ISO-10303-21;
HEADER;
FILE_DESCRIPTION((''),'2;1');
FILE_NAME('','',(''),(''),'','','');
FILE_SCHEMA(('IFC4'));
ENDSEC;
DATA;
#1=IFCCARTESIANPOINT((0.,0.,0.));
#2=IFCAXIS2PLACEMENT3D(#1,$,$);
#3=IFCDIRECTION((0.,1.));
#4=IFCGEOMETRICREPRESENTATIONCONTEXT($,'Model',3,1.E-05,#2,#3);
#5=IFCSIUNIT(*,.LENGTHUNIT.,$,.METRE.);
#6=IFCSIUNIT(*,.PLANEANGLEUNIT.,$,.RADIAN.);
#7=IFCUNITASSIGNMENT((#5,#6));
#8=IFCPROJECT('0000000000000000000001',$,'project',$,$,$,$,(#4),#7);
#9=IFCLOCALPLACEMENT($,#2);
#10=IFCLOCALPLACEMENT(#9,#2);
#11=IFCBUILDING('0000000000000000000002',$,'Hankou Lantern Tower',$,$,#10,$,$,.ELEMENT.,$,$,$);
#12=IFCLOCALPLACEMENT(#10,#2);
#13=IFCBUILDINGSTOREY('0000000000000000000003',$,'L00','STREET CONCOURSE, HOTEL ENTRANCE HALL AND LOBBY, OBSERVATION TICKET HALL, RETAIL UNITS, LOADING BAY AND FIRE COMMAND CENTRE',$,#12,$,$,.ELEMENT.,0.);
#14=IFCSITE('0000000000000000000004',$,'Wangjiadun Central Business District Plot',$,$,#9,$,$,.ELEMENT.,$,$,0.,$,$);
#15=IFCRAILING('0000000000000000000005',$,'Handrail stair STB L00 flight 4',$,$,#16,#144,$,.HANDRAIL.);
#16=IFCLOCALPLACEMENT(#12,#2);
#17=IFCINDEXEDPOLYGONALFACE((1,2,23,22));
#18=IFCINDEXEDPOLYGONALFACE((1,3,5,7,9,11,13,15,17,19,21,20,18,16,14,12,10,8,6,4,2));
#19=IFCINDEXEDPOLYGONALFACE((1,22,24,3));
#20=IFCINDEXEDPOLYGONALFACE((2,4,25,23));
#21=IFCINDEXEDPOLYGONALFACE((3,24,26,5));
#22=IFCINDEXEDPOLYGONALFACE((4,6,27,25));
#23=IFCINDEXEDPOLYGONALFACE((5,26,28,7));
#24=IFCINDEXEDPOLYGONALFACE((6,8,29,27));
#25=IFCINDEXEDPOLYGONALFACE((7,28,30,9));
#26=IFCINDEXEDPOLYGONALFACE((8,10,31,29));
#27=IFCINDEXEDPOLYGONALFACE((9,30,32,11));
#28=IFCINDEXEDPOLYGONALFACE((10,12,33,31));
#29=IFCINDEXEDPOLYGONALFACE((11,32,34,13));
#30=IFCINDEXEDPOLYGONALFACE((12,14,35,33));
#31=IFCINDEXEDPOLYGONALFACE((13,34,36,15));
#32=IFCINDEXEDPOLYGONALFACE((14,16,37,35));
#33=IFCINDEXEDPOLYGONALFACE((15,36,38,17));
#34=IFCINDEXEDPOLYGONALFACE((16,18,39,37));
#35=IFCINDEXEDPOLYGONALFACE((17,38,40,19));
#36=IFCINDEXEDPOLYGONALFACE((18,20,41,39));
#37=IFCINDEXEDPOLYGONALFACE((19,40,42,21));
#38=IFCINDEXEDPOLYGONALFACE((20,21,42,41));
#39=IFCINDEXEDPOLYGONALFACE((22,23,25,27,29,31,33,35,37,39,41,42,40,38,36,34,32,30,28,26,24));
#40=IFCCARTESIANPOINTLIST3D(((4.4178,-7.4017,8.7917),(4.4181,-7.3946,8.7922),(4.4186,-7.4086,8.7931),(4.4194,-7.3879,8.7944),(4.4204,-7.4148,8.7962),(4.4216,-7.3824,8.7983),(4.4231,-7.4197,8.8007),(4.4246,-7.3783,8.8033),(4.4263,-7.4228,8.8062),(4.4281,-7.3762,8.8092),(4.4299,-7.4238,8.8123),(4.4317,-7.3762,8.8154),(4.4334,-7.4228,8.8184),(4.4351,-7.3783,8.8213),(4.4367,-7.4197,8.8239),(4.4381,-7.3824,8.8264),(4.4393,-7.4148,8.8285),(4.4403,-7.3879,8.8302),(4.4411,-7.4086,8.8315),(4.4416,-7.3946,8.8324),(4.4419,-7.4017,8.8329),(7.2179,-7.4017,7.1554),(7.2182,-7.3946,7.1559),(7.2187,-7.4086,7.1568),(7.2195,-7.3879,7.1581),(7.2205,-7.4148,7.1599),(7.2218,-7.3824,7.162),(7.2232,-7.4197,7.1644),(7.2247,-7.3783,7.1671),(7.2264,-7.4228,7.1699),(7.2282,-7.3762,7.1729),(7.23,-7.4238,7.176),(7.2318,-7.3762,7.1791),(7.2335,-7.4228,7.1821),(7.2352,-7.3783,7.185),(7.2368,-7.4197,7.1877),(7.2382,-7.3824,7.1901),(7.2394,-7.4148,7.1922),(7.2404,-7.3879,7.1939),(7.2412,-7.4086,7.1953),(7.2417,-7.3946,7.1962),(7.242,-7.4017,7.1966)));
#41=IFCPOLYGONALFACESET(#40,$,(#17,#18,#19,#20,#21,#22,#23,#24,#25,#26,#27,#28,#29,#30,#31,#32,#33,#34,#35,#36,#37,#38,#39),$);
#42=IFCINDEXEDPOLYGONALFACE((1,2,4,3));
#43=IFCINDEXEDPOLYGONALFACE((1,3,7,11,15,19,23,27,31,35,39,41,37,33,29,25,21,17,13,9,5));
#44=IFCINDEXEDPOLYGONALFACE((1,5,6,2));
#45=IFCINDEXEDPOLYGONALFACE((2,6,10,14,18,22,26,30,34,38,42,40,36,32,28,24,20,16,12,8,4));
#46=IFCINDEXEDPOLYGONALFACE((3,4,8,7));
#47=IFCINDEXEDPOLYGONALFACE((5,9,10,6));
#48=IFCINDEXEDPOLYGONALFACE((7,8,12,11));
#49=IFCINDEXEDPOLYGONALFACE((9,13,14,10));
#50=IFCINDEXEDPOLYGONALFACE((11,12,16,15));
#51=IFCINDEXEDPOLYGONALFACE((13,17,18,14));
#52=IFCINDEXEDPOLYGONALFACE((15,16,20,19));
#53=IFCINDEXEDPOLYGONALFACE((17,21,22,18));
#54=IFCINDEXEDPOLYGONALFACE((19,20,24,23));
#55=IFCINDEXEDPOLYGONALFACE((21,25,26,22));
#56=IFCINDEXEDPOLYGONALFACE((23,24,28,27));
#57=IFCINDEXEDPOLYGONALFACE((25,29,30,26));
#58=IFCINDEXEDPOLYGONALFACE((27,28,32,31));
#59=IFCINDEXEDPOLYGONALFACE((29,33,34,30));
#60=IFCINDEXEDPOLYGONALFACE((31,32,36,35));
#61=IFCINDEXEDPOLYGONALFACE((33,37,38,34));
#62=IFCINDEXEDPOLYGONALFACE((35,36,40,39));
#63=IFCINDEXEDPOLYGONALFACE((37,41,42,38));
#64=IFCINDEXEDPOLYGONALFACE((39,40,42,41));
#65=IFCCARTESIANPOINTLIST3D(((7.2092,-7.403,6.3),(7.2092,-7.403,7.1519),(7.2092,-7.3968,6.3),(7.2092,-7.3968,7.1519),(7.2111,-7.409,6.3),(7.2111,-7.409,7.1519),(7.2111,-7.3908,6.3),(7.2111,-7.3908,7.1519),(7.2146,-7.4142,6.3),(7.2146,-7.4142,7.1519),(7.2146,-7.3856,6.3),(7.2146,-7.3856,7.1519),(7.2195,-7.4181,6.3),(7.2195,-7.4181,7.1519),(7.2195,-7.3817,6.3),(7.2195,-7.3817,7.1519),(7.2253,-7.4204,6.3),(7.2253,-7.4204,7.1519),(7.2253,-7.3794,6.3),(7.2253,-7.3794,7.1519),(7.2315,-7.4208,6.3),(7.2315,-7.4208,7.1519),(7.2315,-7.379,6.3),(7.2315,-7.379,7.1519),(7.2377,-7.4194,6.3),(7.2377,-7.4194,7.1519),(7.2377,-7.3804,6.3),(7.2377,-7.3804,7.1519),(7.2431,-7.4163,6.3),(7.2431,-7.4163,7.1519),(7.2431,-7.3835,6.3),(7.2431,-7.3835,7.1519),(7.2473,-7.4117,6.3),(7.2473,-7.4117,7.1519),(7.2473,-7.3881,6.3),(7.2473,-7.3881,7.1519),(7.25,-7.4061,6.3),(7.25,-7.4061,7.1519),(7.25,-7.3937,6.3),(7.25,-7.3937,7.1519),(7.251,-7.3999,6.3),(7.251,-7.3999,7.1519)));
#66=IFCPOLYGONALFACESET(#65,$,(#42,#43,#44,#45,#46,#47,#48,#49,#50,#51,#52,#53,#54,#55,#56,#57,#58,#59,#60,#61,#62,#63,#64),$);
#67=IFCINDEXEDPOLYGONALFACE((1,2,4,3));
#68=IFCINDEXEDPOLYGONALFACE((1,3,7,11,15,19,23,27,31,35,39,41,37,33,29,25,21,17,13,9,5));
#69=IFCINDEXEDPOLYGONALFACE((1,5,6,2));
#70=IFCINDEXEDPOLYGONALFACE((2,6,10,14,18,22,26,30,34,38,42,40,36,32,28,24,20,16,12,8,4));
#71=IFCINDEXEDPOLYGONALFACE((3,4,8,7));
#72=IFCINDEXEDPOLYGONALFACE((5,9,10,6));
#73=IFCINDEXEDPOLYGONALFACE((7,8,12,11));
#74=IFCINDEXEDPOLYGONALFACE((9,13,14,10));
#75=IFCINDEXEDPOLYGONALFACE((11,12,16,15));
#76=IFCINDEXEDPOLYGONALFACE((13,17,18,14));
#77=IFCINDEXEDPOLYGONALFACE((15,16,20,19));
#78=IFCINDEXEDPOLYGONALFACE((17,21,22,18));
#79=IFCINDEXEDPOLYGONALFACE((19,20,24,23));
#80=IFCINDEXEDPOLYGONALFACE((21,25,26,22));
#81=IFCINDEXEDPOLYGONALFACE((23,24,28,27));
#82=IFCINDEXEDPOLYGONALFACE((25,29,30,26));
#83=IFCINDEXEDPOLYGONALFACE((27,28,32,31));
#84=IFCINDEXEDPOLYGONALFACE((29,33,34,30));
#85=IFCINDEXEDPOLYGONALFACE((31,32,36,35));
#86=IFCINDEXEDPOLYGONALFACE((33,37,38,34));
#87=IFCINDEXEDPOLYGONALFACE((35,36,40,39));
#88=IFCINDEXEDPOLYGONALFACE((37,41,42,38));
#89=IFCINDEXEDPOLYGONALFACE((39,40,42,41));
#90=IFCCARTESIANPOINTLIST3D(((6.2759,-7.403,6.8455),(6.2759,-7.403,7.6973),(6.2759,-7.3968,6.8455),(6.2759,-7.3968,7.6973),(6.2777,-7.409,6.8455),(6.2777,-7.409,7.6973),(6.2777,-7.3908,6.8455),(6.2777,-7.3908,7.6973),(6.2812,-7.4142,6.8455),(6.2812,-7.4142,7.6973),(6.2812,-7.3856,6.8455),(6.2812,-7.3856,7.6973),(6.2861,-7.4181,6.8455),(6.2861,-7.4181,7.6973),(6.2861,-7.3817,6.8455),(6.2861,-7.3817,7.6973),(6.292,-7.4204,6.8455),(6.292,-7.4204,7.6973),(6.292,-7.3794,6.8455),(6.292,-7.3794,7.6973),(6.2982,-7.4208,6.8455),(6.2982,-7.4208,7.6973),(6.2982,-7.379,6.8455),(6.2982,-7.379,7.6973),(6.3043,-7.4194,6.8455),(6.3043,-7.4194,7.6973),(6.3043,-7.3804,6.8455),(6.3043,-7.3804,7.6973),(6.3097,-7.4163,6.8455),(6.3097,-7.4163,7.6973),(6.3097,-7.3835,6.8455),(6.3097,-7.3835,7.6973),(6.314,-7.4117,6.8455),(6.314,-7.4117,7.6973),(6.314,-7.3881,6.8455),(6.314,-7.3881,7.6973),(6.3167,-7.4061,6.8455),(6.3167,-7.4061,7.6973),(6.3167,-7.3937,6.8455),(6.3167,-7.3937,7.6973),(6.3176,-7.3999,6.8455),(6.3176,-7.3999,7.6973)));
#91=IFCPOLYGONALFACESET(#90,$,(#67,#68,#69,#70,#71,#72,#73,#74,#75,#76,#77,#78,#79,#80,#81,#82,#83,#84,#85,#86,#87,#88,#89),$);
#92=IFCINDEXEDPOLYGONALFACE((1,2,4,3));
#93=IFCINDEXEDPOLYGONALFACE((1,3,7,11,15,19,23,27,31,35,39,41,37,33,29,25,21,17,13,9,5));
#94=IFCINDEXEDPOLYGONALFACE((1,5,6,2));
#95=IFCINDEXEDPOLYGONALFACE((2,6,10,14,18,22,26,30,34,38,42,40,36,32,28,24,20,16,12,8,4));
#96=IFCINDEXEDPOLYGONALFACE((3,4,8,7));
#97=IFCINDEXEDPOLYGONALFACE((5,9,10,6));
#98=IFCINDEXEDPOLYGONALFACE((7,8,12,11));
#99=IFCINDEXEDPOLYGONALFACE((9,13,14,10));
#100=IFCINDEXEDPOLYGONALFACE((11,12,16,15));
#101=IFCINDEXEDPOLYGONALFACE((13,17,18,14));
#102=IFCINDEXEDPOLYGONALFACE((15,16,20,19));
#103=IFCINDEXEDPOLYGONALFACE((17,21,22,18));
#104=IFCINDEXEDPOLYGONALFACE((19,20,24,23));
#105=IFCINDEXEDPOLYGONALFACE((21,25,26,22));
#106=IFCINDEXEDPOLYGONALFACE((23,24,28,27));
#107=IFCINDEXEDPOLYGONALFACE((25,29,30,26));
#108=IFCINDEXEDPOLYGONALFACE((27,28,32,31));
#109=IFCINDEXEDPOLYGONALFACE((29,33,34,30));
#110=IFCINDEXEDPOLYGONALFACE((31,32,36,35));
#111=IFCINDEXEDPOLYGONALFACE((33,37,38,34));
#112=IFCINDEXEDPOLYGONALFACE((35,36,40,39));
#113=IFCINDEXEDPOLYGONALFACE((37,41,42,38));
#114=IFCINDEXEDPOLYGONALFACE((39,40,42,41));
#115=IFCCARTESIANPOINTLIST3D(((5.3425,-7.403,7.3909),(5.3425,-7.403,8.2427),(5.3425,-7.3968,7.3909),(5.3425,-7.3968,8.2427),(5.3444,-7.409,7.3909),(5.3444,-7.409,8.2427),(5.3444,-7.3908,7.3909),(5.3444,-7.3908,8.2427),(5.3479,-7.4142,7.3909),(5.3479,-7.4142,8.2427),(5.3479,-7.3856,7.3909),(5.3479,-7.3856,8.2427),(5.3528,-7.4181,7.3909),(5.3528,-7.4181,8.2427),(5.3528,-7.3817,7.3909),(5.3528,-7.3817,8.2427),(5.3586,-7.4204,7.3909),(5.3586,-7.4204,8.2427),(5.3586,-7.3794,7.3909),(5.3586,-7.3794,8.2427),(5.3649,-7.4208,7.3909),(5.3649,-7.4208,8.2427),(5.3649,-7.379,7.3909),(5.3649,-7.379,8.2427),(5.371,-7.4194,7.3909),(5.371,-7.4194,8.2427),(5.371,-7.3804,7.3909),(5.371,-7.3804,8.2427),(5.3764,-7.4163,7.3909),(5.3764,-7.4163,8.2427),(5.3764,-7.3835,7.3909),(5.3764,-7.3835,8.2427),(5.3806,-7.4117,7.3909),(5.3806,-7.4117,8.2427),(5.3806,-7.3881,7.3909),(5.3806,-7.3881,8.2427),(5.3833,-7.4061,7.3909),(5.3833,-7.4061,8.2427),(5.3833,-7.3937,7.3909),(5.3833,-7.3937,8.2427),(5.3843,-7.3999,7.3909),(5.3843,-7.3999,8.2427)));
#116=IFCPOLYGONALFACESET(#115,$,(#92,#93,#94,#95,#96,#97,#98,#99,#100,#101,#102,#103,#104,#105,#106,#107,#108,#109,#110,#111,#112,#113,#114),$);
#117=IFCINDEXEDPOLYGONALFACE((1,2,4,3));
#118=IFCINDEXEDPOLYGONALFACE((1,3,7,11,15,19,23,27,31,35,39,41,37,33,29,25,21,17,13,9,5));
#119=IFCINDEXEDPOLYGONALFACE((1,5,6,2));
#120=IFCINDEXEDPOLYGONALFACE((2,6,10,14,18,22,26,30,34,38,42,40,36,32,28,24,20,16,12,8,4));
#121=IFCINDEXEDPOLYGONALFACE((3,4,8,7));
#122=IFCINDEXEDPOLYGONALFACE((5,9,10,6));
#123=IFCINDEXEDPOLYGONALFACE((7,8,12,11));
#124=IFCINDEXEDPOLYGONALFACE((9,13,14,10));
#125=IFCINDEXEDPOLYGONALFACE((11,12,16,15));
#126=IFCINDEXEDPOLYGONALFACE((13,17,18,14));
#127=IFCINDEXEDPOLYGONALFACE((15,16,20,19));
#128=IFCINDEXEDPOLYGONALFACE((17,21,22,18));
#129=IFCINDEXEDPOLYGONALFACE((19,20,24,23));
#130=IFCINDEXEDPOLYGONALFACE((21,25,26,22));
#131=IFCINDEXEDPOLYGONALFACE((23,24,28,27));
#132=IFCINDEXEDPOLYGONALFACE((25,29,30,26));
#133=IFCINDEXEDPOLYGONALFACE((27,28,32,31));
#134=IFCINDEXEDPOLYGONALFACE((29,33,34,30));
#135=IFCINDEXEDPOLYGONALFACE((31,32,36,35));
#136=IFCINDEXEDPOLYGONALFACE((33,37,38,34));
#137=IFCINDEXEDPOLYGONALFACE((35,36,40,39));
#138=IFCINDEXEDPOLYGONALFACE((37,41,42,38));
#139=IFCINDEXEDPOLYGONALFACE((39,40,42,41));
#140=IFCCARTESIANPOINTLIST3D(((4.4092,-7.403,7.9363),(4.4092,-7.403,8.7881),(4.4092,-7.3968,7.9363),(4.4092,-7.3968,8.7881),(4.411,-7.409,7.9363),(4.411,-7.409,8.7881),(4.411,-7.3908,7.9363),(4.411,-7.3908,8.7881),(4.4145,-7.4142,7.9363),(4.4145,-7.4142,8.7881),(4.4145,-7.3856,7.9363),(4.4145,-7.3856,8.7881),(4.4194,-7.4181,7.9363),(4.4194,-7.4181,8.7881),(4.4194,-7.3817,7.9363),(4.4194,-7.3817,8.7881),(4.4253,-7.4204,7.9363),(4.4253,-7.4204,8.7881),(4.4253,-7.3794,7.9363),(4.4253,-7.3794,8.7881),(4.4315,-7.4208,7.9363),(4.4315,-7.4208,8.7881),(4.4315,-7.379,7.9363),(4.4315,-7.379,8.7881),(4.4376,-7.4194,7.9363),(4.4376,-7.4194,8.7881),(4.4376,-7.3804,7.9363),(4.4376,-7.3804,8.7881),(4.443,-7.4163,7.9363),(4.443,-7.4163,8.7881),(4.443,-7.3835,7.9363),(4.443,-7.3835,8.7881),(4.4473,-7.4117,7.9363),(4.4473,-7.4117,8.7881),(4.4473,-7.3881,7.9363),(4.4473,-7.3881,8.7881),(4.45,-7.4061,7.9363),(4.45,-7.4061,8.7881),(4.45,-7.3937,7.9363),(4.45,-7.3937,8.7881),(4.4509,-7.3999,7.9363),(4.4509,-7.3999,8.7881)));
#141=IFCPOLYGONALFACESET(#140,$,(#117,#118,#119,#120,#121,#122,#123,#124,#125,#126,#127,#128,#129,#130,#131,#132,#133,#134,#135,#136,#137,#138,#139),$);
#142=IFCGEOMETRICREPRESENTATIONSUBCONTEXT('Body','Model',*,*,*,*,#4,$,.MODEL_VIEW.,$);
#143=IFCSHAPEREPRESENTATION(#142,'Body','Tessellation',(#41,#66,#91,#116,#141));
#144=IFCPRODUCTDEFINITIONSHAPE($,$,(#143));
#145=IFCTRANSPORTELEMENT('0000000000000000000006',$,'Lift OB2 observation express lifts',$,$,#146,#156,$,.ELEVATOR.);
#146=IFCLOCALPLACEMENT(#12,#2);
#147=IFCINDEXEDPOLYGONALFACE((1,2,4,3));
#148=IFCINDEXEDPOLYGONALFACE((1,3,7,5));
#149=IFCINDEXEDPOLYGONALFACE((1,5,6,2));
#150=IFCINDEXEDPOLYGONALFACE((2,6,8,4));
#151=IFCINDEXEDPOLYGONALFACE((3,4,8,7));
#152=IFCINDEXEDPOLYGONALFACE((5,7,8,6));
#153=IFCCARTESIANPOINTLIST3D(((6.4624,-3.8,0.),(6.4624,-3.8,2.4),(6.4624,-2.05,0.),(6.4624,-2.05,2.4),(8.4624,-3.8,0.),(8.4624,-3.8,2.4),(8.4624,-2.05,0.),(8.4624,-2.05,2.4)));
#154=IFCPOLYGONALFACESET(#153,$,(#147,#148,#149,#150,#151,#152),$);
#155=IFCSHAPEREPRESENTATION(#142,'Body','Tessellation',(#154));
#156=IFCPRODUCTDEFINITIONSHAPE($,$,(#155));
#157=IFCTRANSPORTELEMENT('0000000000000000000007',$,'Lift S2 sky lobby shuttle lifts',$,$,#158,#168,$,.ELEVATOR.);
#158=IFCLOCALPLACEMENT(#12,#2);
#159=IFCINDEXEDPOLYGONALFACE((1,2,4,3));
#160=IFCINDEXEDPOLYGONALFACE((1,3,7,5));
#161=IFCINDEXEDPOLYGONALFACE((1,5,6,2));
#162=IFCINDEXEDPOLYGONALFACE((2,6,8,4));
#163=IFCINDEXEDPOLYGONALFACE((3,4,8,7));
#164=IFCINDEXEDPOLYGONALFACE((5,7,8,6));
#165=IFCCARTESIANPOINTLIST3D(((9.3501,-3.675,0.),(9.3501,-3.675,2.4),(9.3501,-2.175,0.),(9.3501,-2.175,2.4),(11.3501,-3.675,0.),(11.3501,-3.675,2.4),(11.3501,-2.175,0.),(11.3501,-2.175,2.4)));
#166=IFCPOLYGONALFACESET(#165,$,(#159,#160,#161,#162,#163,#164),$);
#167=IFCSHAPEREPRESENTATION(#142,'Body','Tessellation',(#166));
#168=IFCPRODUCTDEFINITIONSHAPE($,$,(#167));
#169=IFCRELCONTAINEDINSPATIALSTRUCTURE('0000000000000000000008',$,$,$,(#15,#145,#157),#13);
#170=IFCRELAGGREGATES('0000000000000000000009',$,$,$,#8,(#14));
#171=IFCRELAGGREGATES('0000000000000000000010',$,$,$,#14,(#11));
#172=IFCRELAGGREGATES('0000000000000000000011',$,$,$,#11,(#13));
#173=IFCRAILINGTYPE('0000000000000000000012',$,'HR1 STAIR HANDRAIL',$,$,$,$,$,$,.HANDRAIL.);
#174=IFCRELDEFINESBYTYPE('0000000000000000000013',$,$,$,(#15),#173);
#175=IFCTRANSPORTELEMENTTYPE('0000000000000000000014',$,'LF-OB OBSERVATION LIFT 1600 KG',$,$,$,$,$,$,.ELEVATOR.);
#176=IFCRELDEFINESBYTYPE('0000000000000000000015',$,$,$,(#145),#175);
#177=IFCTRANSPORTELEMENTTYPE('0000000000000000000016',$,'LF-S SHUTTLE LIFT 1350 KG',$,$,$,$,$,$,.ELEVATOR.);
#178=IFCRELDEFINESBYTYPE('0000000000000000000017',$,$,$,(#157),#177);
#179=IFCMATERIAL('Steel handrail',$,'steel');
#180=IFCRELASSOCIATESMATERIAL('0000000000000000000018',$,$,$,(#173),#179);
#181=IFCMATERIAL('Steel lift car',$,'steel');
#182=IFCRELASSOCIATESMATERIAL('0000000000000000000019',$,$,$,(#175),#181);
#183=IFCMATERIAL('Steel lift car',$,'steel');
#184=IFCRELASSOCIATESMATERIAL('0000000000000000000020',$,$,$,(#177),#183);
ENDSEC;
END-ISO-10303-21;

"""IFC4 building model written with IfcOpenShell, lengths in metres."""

from ifc_helpers import new_model, si_unit, direction, frame, origin, origin_2d, place, context, subcontext, project, spatial, rectangle, circle, extrude, material, type_object, element, save


model = new_model("IFC4")

# Units and contexts
model_context = context("Model", 3, precision=1e-05, world=origin(), true_north=direction((0.0, 1.0)))
body_context = subcontext(model_context, "Body", "Model", "MODEL_VIEW")
ifc_project = project(units=[si_unit("LENGTHUNIT", "METRE"), si_unit("PLANEANGLEUNIT", "RADIAN")], contexts=[model_context])

# Site, building, storey
site_placement = place(None, origin())
site = spatial("IfcSite", under=ifc_project, at=site_placement, Name="Wangjiadun Central Business District Plot", CompositionType="ELEMENT", RefElevation=0.0)
building_placement = place(site_placement, origin())
building = spatial("IfcBuilding", under=site, at=building_placement, Name="Hankou Lantern Tower", CompositionType="ELEMENT")
storey_placement = place(building_placement, origin())
storey = spatial("IfcBuildingStorey", under=building, at=storey_placement, Name="L00", Description="STREET CONCOURSE, HOTEL ENTRANCE HALL AND LOBBY, OBSERVATION TICKET HALL, RETAIL UNITS, LOADING BAY AND FIRE COMMAND CENTRE", CompositionType="ELEMENT", Elevation=0.0)

# Railing
ifc_material_1 = material(Name="Steel handrail", Category="steel")
railing_type = type_object("IfcRailingType", Name="HR1 STAIR HANDRAIL", PredefinedType="HANDRAIL", material=ifc_material_1)
railing_1_placement = place(storey_placement, frame((7.23, -7.3999, 6.3)))
element("IfcRailing", 1, at=railing_1_placement, inside=storey, type_object=railing_type, Name="Handrail stair STB L00 flight 4", PredefinedType="HANDRAIL", context=body_context, shape_type="SweptSolid", body=[
    extrude(circle(Radius=0.0239, at=origin_2d()), frame((0.0, 0.0, 0.876), z_axis=(-0.863394, 0.0, 0.504531), x_axis=(0.0, -1.0, 0.0)), (0.0, 0.0, 1.0), 3.2432),
    extrude(circle(Radius=0.021, at=origin_2d()), origin(), (0.0, 0.0, 1.0), 0.8518),
    extrude(circle(Radius=0.021, at=origin_2d()), frame((-0.9333, 0.0, 0.5454)), (0.0, 0.0, 1.0), 0.8518),
    extrude(circle(Radius=0.021, at=origin_2d()), frame((-1.8667, 0.0, 1.0908)), (0.0, 0.0, 1.0), 0.8518),
    extrude(circle(Radius=0.021, at=origin_2d()), frame((-2.8, 0.0, 1.6362)), (0.0, 0.0, 1.0), 0.8518),
])

# Transport elements
ifc_material_2 = material(Name="Steel lift car", Category="steel")
transport_element_type_1 = type_object("IfcTransportElementType", Name="LF-OB OBSERVATION LIFT 1600 KG", PredefinedType="ELEVATOR", material=ifc_material_2)
transport_element_1_placement = place(storey_placement, frame((7.4624, -2.925, 0.0), z_axis=(0.0, 0.0, 1.0), x_axis=(1.0, 0.0, 0.0)))
element("IfcTransportElement", 2, at=transport_element_1_placement, inside=storey, type_object=transport_element_type_1, Name="Lift OB2 observation express lifts", PredefinedType="ELEVATOR", context=body_context, shape_type="SweptSolid", body=[
    extrude(rectangle(XDim=2.0, YDim=1.75, at=origin_2d()), origin(), (0.0, 0.0, 1.0), 2.4),
])
ifc_material_3 = material(Name="Steel lift car", Category="steel")
transport_element_type_2 = type_object("IfcTransportElementType", Name="LF-S SHUTTLE LIFT 1350 KG", PredefinedType="ELEVATOR", material=ifc_material_3)
transport_element_2_placement = place(storey_placement, frame((10.3501, -2.925, 0.0), z_axis=(0.0, 0.0, 1.0), x_axis=(1.0, 0.0, 0.0)))
element("IfcTransportElement", 3, at=transport_element_2_placement, inside=storey, type_object=transport_element_type_2, Name="Lift S2 sky lobby shuttle lifts", PredefinedType="ELEVATOR", context=body_context, shape_type="SweptSolid", body=[
    extrude(rectangle(XDim=2.0, YDim=1.5, at=origin_2d()), origin(), (0.0, 0.0, 1.0), 2.4),
])

save(model, "model.ifc")
